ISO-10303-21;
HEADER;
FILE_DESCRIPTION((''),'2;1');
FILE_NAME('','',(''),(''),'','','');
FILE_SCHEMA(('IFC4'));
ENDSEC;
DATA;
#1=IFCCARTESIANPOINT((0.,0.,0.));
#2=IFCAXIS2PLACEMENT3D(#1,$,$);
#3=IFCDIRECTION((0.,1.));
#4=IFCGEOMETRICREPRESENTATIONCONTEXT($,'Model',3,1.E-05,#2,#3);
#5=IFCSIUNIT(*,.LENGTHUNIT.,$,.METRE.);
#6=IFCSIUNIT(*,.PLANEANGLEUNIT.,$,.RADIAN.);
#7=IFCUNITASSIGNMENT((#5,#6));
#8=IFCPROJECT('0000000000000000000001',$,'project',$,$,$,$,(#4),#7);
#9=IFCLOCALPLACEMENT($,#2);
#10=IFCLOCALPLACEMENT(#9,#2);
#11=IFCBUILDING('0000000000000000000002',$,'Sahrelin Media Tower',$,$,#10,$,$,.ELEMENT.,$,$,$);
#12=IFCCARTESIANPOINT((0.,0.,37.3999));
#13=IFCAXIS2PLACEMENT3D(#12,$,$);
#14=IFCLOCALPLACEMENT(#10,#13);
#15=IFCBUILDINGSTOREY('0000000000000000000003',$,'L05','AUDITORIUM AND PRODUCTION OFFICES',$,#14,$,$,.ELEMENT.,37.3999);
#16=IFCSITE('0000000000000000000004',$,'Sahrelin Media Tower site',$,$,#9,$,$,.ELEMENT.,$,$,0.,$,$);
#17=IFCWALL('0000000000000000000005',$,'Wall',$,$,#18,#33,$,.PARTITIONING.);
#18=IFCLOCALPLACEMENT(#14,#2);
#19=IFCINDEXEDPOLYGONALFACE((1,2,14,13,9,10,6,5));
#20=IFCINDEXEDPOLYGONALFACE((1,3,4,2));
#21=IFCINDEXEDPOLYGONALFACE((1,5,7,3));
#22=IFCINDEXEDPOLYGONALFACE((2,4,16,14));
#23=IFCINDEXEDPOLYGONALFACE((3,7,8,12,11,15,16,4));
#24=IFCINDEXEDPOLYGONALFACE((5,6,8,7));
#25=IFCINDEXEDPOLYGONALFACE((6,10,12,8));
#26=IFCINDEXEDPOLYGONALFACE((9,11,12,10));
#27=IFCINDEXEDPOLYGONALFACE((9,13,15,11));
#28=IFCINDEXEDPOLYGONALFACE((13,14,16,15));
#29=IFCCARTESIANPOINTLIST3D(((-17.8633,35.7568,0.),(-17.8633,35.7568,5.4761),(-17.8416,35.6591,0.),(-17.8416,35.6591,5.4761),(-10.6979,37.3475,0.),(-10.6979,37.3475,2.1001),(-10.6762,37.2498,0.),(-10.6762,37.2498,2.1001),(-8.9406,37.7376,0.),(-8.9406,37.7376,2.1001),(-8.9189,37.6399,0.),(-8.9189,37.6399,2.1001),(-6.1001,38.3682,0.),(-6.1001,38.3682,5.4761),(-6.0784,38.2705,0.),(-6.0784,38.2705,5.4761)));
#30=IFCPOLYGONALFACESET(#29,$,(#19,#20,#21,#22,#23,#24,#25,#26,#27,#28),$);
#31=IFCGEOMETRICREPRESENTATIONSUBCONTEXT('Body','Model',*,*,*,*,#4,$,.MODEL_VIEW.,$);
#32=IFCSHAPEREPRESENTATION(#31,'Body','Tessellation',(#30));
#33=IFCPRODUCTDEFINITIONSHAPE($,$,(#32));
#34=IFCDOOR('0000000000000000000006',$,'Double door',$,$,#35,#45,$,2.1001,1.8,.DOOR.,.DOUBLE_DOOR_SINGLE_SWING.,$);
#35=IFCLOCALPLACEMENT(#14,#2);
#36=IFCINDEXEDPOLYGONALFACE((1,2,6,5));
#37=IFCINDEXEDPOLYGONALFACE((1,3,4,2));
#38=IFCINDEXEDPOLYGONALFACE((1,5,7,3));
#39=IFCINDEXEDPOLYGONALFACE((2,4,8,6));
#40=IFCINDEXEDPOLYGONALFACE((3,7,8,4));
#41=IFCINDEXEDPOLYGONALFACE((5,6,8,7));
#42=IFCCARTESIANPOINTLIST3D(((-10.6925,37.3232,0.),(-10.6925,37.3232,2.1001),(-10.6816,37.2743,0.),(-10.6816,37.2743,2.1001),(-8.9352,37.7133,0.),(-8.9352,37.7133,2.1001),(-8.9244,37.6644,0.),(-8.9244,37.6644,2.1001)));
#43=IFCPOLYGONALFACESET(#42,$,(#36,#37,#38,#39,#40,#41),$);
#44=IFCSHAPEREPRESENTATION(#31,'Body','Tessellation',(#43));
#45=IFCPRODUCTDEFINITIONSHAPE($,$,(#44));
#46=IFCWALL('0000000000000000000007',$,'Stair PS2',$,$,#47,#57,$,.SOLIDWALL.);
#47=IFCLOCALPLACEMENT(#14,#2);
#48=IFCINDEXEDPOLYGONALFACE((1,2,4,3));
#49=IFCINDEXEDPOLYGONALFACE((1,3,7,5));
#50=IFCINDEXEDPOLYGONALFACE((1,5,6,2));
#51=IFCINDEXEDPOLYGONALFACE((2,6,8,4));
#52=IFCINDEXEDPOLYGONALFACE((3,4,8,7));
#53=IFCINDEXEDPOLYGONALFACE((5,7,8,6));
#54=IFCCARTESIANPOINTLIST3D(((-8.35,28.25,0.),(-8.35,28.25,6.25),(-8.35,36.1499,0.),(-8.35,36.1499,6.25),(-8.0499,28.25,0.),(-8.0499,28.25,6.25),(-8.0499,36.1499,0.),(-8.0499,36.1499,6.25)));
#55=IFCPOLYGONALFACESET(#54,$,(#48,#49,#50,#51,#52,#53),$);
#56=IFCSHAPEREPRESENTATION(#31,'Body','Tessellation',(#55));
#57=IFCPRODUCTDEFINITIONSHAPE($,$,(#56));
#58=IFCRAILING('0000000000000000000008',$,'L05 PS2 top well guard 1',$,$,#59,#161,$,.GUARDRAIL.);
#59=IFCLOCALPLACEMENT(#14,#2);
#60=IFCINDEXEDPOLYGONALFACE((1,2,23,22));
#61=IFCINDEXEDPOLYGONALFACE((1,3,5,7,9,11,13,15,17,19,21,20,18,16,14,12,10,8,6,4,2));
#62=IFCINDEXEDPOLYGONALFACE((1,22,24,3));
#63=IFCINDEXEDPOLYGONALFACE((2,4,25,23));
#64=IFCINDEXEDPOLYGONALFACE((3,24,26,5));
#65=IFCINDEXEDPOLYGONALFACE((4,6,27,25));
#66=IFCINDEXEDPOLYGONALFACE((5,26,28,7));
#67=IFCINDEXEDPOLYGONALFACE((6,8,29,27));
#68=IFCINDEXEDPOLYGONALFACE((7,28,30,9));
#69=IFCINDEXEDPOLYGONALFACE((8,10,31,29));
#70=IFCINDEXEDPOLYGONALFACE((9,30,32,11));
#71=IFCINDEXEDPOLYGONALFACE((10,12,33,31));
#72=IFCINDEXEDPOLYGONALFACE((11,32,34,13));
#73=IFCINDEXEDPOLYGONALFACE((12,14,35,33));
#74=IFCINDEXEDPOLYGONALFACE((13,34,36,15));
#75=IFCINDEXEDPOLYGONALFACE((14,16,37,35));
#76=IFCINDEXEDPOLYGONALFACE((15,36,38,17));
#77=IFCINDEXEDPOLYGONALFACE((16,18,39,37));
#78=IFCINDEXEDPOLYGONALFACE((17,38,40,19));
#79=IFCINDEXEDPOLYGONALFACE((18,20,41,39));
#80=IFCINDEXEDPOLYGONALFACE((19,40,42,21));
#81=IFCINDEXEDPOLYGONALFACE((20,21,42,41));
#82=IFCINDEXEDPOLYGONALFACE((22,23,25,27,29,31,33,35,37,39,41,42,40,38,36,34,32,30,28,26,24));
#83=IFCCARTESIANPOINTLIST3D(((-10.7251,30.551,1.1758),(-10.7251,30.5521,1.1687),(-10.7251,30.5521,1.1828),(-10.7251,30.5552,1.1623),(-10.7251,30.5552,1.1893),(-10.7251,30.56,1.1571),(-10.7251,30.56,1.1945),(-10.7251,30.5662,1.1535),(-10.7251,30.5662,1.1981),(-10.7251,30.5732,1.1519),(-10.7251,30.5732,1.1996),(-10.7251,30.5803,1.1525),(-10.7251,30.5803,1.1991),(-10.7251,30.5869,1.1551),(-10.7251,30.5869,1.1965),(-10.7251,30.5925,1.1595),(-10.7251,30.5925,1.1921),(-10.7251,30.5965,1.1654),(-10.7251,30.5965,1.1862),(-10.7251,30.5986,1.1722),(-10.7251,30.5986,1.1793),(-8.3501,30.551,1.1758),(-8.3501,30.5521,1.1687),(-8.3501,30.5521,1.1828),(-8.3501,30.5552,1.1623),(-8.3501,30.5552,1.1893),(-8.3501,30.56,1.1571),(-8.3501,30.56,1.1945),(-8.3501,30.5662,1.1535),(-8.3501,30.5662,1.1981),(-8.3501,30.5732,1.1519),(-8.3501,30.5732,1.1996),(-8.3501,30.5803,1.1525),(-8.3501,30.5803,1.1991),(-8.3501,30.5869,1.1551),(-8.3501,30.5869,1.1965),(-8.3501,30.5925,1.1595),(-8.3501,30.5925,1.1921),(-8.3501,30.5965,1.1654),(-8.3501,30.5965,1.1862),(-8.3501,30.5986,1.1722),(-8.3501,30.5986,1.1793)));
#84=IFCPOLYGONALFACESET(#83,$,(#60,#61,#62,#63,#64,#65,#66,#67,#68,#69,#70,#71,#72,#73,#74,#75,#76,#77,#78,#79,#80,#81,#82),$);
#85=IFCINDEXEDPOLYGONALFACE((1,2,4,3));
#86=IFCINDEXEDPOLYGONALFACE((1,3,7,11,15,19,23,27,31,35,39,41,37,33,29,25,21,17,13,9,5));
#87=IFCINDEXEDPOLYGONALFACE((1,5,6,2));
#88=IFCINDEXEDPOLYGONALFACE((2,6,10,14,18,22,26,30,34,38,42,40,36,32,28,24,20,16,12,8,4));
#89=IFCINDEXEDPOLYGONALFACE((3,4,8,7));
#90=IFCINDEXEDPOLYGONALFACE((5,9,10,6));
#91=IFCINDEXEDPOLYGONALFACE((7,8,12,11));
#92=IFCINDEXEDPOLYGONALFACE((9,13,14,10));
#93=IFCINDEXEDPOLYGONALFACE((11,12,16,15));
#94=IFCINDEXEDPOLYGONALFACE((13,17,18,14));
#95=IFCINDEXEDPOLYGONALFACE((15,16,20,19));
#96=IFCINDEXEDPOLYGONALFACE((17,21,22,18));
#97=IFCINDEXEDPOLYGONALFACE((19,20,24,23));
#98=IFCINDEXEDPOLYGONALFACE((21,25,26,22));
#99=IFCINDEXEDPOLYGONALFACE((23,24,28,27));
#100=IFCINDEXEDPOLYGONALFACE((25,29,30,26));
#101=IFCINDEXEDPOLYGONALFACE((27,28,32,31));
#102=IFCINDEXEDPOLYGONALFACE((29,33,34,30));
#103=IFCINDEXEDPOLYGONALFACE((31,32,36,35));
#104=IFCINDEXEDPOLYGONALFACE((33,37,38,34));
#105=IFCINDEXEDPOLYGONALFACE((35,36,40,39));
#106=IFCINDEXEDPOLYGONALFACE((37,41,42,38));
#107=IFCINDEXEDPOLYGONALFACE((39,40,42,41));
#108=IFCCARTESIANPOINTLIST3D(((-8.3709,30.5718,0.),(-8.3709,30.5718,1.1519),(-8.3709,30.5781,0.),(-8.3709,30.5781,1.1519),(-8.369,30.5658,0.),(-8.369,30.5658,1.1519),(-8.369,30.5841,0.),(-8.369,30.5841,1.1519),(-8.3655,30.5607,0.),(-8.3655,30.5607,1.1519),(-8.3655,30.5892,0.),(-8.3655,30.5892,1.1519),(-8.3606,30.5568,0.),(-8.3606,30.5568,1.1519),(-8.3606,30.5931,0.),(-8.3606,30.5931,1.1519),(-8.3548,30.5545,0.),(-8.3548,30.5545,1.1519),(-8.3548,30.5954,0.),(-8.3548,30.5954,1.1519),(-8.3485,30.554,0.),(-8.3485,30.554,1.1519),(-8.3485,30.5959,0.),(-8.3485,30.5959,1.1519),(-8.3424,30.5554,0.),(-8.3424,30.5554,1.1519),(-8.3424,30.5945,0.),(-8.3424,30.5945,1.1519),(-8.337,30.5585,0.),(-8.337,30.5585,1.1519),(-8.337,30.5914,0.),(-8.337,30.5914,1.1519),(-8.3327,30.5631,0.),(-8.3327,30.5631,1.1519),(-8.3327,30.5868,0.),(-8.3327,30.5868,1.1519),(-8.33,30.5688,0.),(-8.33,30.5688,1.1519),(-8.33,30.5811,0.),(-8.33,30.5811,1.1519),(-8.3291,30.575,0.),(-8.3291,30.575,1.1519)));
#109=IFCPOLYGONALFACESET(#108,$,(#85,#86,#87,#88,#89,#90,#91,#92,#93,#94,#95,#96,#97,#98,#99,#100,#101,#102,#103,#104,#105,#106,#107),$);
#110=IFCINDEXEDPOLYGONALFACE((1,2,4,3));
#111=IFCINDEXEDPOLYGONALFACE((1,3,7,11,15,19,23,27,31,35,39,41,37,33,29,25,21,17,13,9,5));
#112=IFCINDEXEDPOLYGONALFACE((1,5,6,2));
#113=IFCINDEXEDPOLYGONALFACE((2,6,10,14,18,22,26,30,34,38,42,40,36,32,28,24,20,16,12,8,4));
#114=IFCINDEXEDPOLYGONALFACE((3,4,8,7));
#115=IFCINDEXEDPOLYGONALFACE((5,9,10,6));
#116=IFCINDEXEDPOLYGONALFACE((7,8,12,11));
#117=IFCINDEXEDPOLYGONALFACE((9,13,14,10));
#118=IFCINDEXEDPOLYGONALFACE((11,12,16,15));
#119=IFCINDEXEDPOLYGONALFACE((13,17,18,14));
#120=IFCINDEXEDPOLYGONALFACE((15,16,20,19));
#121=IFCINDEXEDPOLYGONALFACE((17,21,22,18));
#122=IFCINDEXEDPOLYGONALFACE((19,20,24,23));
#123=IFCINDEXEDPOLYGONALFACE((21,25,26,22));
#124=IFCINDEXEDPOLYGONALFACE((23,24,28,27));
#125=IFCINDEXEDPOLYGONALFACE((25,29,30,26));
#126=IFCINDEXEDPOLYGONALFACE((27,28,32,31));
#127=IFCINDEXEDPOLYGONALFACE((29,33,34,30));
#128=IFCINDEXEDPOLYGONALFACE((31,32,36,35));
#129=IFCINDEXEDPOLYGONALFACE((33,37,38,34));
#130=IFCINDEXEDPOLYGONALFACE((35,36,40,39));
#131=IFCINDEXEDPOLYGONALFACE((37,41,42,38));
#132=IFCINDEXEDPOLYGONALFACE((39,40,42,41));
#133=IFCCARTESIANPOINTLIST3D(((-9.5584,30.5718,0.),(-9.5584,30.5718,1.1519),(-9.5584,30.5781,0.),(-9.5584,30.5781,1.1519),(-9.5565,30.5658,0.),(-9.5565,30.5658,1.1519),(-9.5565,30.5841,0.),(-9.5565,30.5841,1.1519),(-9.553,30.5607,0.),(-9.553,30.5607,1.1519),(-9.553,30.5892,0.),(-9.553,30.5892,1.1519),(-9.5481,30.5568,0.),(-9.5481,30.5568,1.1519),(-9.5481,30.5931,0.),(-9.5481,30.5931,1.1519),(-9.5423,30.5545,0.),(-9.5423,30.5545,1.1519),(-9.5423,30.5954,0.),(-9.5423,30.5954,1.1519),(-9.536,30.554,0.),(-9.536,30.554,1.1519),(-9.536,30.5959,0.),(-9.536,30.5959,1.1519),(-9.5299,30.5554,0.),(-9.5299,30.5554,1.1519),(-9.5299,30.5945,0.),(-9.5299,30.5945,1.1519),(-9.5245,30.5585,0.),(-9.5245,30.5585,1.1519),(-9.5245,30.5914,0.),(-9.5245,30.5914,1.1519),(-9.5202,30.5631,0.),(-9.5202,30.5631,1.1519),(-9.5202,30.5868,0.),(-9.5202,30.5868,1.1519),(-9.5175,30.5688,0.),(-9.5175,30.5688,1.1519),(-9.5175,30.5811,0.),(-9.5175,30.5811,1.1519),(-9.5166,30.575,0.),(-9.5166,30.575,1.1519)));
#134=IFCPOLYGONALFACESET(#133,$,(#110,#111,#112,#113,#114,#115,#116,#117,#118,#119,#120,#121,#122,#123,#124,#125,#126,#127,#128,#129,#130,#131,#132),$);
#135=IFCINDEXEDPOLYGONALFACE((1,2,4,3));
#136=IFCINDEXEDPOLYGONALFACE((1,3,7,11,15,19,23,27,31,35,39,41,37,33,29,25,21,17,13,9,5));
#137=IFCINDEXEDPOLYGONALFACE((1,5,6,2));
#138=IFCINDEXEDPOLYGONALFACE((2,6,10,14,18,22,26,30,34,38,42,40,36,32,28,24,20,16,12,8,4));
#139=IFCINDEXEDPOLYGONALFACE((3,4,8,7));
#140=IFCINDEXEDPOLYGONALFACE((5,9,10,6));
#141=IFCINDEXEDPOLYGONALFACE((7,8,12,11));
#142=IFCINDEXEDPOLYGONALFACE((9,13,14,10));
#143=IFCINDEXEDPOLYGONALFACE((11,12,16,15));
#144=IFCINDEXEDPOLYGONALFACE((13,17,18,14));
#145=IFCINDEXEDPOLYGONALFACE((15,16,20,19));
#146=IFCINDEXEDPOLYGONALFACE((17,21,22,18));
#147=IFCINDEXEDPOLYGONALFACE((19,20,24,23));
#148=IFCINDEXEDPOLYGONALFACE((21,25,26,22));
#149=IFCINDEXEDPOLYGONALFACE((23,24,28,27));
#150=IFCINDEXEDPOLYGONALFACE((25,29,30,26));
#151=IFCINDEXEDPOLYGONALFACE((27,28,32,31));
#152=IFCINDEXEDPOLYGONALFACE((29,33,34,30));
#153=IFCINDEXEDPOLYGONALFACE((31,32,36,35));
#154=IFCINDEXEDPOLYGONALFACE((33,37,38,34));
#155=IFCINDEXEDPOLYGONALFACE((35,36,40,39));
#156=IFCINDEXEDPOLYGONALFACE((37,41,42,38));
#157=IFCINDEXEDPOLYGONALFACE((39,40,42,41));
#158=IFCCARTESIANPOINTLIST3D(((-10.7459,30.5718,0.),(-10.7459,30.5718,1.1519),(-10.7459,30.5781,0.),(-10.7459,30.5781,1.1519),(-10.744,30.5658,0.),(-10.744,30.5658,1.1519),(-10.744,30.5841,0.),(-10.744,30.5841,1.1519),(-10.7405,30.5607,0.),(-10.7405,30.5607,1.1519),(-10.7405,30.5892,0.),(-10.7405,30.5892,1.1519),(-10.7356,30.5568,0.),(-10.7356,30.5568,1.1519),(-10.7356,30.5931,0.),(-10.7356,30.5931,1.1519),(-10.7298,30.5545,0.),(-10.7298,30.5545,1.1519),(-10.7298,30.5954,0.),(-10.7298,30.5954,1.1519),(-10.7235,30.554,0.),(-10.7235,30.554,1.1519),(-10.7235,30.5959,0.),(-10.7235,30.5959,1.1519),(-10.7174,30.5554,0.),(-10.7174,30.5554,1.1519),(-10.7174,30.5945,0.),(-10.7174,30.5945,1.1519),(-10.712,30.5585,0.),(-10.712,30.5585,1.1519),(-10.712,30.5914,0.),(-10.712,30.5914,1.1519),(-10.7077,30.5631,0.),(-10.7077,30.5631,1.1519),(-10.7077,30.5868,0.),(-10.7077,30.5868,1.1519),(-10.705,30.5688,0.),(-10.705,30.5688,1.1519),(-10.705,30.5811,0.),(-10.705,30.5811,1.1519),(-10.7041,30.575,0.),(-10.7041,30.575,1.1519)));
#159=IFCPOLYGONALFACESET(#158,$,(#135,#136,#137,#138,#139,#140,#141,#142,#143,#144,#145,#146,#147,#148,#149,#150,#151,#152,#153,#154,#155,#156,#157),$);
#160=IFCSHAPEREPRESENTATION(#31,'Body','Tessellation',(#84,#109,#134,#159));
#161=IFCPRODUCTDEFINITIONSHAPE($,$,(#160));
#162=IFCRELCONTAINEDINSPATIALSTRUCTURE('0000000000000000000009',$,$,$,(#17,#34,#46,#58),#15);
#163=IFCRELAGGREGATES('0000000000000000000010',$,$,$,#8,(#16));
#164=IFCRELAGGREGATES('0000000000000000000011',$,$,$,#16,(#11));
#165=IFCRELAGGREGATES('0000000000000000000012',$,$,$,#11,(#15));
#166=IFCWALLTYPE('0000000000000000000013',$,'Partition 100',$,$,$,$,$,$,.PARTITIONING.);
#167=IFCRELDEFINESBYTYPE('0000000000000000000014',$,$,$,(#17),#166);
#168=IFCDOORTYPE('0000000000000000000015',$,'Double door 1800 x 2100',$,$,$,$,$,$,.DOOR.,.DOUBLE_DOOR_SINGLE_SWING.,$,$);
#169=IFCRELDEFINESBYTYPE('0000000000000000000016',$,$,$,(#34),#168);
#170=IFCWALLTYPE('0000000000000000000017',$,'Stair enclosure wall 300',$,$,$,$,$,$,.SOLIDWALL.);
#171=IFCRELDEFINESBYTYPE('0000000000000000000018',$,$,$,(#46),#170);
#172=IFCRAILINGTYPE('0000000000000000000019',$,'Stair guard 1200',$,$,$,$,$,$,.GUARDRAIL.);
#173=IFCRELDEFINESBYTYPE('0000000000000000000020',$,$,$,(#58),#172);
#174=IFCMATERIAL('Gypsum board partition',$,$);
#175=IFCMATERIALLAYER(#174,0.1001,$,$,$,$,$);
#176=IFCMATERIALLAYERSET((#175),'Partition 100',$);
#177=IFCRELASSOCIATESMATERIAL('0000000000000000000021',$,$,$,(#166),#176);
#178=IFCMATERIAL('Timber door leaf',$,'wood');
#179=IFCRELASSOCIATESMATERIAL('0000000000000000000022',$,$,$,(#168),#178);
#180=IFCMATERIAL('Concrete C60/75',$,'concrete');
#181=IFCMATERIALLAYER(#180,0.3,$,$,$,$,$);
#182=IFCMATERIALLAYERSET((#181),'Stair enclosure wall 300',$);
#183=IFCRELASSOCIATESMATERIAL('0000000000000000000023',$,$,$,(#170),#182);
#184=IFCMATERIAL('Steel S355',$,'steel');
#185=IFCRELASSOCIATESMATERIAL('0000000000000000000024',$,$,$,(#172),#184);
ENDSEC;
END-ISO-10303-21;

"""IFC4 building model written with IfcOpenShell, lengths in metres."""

from ifc_helpers import new_model, si_unit, direction, frame, frame_2d, origin, origin_2d, place, context, subcontext, project, spatial, rectangle, circle, extrude, material, layer, layer_set, type_object, element, fill, save


model = new_model("IFC4")

# Units and contexts
model_context = context("Model", 3, precision=1e-05, world=origin(), true_north=direction((0.0, 1.0)))
body_context = subcontext(model_context, "Body", "Model", "MODEL_VIEW")
ifc_project = project(units=[si_unit("LENGTHUNIT", "METRE"), si_unit("PLANEANGLEUNIT", "RADIAN")], contexts=[model_context])

# Site, building, storey
site_placement = place(None, origin())
site = spatial("IfcSite", under=ifc_project, at=site_placement, Name="Sahrelin Media Tower site", CompositionType="ELEMENT", RefElevation=0.0)
building_placement = place(site_placement, origin())
building = spatial("IfcBuilding", under=site, at=building_placement, Name="Sahrelin Media Tower", CompositionType="ELEMENT")
storey_placement = place(building_placement, frame((0.0, 0.0, 37.3999)))
storey = spatial("IfcBuildingStorey", under=building, at=storey_placement, Name="L05", Description="AUDITORIUM AND PRODUCTION OFFICES", CompositionType="ELEMENT", Elevation=37.3999)

# Shared definitions
ifc_material_1 = material(Name="Steel S355", Category="steel")

# Wall, opening, door
ifc_material_2 = material(Name="Gypsum board partition")
ifc_layer_1 = layer(ifc_material_2, 0.1001)
ifc_layer_set_1 = layer_set([ifc_layer_1], Name="Partition 100")
wall_type_1 = type_object("IfcWallType", Name="Partition 100", PredefinedType="PARTITIONING", material=ifc_layer_set_1)
wall_1_placement = place(storey_placement, frame((-6.0891, 38.3193, 0.0), z_axis=(0.0, 0.0, 1.0), x_axis=(-0.976235, -0.216716, 0.0)))
wall_1 = element("IfcWall", 1, at=wall_1_placement, inside=storey, type_object=wall_type_1, Name="Wall", PredefinedType="PARTITIONING", context=body_context, shape_type="SweptSolid", body=[
    extrude(rectangle(XDim=12.0496, YDim=0.1001, at=frame_2d((6.0249, 0.0))), origin(), (0.0, 0.0, 1.0), 5.4761),
])
opening_1_placement = place(wall_1_placement, frame((2.9099, 0.0, 0.0)))
opening_1 = element("IfcOpeningElement", 2, at=opening_1_placement, cuts=wall_1, PredefinedType="OPENING", context=body_context, shape_type="SweptSolid", body=[
    extrude(rectangle(XDim=1.8, YDim=2.1001, at=frame_2d((0.8999, 1.05))), frame((0.0, 0.05, 0.0), z_axis=(0.0, -1.0, 0.0), x_axis=(1.0, 0.0, 0.0)), (0.0, 0.0, 1.0), 0.1001),
])
ifc_material_3 = material(Name="Timber door leaf", Category="wood")
door_type_1 = type_object("IfcDoorType", Name="Double door 1800 x 2100", OperationType="DOUBLE_DOOR_SINGLE_SWING", PredefinedType="DOOR", material=ifc_material_3)
door_1_placement = place(opening_1_placement, origin())
door_1 = element("IfcDoor", 3, at=door_1_placement, inside=storey, type_object=door_type_1, Name="Double door", OperationType="DOUBLE_DOOR_SINGLE_SWING", OverallHeight=2.1001, OverallWidth=1.8, PredefinedType="DOOR", context=body_context, shape_type="SweptSolid", body=[
    extrude(rectangle(XDim=1.8, YDim=2.1001, at=frame_2d((0.8999, 1.05))), frame((0.0, 0.0249, 0.0), z_axis=(0.0, -1.0, 0.0), x_axis=(1.0, 0.0, 0.0)), (0.0, 0.0, 1.0), 0.05),
])
fill(opening_1, door_1)
ifc_material_4 = material(Name="Concrete C60/75", Category="concrete")
ifc_layer_2 = layer(ifc_material_4, 0.3)
ifc_layer_set_2 = layer_set([ifc_layer_2], Name="Stair enclosure wall 300")
wall_type_2 = type_object("IfcWallType", Name="Stair enclosure wall 300", PredefinedType="SOLIDWALL", material=ifc_layer_set_2)

# Wall
wall_2_placement = place(storey_placement, frame((-8.2, 36.1499, 0.0), z_axis=(0.0, 0.0, 1.0), x_axis=(0.0, -1.0, 0.0)))
element("IfcWall", 4, at=wall_2_placement, inside=storey, type_object=wall_type_2, Name="Stair PS2", PredefinedType="SOLIDWALL", context=body_context, shape_type="SweptSolid", body=[
    extrude(rectangle(XDim=7.8999, YDim=0.3, at=frame_2d((3.95, 0.0))), origin(), (0.0, 0.0, 1.0), 6.25),
])

# Railing
railing_type = type_object("IfcRailingType", Name="Stair guard 1200", PredefinedType="GUARDRAIL", material=ifc_material_1)
railing_placement = place(storey_placement, frame((-8.3501, 30.575, 0.0)))
element("IfcRailing", 5, at=railing_placement, inside=storey, type_object=railing_type, Name="L05 PS2 top well guard 1", PredefinedType="GUARDRAIL", context=body_context, shape_type="SweptSolid", body=[
    extrude(circle(Radius=0.0239, at=origin_2d()), frame((0.0, 0.0, 1.1758), z_axis=(-1.0, 0.0, 0.0), x_axis=(0.0, -1.0, 0.0)), (0.0, 0.0, 1.0), 2.375),
    extrude(circle(Radius=0.021, at=origin_2d()), origin(), (0.0, 0.0, 1.0), 1.1519),
    extrude(circle(Radius=0.021, at=origin_2d()), frame((-1.1875, 0.0, 0.0)), (0.0, 0.0, 1.0), 1.1519),
    extrude(circle(Radius=0.021, at=origin_2d()), frame((-2.375, 0.0, 0.0)), (0.0, 0.0, 1.0), 1.1519),
])

save(model, "model.ifc")
